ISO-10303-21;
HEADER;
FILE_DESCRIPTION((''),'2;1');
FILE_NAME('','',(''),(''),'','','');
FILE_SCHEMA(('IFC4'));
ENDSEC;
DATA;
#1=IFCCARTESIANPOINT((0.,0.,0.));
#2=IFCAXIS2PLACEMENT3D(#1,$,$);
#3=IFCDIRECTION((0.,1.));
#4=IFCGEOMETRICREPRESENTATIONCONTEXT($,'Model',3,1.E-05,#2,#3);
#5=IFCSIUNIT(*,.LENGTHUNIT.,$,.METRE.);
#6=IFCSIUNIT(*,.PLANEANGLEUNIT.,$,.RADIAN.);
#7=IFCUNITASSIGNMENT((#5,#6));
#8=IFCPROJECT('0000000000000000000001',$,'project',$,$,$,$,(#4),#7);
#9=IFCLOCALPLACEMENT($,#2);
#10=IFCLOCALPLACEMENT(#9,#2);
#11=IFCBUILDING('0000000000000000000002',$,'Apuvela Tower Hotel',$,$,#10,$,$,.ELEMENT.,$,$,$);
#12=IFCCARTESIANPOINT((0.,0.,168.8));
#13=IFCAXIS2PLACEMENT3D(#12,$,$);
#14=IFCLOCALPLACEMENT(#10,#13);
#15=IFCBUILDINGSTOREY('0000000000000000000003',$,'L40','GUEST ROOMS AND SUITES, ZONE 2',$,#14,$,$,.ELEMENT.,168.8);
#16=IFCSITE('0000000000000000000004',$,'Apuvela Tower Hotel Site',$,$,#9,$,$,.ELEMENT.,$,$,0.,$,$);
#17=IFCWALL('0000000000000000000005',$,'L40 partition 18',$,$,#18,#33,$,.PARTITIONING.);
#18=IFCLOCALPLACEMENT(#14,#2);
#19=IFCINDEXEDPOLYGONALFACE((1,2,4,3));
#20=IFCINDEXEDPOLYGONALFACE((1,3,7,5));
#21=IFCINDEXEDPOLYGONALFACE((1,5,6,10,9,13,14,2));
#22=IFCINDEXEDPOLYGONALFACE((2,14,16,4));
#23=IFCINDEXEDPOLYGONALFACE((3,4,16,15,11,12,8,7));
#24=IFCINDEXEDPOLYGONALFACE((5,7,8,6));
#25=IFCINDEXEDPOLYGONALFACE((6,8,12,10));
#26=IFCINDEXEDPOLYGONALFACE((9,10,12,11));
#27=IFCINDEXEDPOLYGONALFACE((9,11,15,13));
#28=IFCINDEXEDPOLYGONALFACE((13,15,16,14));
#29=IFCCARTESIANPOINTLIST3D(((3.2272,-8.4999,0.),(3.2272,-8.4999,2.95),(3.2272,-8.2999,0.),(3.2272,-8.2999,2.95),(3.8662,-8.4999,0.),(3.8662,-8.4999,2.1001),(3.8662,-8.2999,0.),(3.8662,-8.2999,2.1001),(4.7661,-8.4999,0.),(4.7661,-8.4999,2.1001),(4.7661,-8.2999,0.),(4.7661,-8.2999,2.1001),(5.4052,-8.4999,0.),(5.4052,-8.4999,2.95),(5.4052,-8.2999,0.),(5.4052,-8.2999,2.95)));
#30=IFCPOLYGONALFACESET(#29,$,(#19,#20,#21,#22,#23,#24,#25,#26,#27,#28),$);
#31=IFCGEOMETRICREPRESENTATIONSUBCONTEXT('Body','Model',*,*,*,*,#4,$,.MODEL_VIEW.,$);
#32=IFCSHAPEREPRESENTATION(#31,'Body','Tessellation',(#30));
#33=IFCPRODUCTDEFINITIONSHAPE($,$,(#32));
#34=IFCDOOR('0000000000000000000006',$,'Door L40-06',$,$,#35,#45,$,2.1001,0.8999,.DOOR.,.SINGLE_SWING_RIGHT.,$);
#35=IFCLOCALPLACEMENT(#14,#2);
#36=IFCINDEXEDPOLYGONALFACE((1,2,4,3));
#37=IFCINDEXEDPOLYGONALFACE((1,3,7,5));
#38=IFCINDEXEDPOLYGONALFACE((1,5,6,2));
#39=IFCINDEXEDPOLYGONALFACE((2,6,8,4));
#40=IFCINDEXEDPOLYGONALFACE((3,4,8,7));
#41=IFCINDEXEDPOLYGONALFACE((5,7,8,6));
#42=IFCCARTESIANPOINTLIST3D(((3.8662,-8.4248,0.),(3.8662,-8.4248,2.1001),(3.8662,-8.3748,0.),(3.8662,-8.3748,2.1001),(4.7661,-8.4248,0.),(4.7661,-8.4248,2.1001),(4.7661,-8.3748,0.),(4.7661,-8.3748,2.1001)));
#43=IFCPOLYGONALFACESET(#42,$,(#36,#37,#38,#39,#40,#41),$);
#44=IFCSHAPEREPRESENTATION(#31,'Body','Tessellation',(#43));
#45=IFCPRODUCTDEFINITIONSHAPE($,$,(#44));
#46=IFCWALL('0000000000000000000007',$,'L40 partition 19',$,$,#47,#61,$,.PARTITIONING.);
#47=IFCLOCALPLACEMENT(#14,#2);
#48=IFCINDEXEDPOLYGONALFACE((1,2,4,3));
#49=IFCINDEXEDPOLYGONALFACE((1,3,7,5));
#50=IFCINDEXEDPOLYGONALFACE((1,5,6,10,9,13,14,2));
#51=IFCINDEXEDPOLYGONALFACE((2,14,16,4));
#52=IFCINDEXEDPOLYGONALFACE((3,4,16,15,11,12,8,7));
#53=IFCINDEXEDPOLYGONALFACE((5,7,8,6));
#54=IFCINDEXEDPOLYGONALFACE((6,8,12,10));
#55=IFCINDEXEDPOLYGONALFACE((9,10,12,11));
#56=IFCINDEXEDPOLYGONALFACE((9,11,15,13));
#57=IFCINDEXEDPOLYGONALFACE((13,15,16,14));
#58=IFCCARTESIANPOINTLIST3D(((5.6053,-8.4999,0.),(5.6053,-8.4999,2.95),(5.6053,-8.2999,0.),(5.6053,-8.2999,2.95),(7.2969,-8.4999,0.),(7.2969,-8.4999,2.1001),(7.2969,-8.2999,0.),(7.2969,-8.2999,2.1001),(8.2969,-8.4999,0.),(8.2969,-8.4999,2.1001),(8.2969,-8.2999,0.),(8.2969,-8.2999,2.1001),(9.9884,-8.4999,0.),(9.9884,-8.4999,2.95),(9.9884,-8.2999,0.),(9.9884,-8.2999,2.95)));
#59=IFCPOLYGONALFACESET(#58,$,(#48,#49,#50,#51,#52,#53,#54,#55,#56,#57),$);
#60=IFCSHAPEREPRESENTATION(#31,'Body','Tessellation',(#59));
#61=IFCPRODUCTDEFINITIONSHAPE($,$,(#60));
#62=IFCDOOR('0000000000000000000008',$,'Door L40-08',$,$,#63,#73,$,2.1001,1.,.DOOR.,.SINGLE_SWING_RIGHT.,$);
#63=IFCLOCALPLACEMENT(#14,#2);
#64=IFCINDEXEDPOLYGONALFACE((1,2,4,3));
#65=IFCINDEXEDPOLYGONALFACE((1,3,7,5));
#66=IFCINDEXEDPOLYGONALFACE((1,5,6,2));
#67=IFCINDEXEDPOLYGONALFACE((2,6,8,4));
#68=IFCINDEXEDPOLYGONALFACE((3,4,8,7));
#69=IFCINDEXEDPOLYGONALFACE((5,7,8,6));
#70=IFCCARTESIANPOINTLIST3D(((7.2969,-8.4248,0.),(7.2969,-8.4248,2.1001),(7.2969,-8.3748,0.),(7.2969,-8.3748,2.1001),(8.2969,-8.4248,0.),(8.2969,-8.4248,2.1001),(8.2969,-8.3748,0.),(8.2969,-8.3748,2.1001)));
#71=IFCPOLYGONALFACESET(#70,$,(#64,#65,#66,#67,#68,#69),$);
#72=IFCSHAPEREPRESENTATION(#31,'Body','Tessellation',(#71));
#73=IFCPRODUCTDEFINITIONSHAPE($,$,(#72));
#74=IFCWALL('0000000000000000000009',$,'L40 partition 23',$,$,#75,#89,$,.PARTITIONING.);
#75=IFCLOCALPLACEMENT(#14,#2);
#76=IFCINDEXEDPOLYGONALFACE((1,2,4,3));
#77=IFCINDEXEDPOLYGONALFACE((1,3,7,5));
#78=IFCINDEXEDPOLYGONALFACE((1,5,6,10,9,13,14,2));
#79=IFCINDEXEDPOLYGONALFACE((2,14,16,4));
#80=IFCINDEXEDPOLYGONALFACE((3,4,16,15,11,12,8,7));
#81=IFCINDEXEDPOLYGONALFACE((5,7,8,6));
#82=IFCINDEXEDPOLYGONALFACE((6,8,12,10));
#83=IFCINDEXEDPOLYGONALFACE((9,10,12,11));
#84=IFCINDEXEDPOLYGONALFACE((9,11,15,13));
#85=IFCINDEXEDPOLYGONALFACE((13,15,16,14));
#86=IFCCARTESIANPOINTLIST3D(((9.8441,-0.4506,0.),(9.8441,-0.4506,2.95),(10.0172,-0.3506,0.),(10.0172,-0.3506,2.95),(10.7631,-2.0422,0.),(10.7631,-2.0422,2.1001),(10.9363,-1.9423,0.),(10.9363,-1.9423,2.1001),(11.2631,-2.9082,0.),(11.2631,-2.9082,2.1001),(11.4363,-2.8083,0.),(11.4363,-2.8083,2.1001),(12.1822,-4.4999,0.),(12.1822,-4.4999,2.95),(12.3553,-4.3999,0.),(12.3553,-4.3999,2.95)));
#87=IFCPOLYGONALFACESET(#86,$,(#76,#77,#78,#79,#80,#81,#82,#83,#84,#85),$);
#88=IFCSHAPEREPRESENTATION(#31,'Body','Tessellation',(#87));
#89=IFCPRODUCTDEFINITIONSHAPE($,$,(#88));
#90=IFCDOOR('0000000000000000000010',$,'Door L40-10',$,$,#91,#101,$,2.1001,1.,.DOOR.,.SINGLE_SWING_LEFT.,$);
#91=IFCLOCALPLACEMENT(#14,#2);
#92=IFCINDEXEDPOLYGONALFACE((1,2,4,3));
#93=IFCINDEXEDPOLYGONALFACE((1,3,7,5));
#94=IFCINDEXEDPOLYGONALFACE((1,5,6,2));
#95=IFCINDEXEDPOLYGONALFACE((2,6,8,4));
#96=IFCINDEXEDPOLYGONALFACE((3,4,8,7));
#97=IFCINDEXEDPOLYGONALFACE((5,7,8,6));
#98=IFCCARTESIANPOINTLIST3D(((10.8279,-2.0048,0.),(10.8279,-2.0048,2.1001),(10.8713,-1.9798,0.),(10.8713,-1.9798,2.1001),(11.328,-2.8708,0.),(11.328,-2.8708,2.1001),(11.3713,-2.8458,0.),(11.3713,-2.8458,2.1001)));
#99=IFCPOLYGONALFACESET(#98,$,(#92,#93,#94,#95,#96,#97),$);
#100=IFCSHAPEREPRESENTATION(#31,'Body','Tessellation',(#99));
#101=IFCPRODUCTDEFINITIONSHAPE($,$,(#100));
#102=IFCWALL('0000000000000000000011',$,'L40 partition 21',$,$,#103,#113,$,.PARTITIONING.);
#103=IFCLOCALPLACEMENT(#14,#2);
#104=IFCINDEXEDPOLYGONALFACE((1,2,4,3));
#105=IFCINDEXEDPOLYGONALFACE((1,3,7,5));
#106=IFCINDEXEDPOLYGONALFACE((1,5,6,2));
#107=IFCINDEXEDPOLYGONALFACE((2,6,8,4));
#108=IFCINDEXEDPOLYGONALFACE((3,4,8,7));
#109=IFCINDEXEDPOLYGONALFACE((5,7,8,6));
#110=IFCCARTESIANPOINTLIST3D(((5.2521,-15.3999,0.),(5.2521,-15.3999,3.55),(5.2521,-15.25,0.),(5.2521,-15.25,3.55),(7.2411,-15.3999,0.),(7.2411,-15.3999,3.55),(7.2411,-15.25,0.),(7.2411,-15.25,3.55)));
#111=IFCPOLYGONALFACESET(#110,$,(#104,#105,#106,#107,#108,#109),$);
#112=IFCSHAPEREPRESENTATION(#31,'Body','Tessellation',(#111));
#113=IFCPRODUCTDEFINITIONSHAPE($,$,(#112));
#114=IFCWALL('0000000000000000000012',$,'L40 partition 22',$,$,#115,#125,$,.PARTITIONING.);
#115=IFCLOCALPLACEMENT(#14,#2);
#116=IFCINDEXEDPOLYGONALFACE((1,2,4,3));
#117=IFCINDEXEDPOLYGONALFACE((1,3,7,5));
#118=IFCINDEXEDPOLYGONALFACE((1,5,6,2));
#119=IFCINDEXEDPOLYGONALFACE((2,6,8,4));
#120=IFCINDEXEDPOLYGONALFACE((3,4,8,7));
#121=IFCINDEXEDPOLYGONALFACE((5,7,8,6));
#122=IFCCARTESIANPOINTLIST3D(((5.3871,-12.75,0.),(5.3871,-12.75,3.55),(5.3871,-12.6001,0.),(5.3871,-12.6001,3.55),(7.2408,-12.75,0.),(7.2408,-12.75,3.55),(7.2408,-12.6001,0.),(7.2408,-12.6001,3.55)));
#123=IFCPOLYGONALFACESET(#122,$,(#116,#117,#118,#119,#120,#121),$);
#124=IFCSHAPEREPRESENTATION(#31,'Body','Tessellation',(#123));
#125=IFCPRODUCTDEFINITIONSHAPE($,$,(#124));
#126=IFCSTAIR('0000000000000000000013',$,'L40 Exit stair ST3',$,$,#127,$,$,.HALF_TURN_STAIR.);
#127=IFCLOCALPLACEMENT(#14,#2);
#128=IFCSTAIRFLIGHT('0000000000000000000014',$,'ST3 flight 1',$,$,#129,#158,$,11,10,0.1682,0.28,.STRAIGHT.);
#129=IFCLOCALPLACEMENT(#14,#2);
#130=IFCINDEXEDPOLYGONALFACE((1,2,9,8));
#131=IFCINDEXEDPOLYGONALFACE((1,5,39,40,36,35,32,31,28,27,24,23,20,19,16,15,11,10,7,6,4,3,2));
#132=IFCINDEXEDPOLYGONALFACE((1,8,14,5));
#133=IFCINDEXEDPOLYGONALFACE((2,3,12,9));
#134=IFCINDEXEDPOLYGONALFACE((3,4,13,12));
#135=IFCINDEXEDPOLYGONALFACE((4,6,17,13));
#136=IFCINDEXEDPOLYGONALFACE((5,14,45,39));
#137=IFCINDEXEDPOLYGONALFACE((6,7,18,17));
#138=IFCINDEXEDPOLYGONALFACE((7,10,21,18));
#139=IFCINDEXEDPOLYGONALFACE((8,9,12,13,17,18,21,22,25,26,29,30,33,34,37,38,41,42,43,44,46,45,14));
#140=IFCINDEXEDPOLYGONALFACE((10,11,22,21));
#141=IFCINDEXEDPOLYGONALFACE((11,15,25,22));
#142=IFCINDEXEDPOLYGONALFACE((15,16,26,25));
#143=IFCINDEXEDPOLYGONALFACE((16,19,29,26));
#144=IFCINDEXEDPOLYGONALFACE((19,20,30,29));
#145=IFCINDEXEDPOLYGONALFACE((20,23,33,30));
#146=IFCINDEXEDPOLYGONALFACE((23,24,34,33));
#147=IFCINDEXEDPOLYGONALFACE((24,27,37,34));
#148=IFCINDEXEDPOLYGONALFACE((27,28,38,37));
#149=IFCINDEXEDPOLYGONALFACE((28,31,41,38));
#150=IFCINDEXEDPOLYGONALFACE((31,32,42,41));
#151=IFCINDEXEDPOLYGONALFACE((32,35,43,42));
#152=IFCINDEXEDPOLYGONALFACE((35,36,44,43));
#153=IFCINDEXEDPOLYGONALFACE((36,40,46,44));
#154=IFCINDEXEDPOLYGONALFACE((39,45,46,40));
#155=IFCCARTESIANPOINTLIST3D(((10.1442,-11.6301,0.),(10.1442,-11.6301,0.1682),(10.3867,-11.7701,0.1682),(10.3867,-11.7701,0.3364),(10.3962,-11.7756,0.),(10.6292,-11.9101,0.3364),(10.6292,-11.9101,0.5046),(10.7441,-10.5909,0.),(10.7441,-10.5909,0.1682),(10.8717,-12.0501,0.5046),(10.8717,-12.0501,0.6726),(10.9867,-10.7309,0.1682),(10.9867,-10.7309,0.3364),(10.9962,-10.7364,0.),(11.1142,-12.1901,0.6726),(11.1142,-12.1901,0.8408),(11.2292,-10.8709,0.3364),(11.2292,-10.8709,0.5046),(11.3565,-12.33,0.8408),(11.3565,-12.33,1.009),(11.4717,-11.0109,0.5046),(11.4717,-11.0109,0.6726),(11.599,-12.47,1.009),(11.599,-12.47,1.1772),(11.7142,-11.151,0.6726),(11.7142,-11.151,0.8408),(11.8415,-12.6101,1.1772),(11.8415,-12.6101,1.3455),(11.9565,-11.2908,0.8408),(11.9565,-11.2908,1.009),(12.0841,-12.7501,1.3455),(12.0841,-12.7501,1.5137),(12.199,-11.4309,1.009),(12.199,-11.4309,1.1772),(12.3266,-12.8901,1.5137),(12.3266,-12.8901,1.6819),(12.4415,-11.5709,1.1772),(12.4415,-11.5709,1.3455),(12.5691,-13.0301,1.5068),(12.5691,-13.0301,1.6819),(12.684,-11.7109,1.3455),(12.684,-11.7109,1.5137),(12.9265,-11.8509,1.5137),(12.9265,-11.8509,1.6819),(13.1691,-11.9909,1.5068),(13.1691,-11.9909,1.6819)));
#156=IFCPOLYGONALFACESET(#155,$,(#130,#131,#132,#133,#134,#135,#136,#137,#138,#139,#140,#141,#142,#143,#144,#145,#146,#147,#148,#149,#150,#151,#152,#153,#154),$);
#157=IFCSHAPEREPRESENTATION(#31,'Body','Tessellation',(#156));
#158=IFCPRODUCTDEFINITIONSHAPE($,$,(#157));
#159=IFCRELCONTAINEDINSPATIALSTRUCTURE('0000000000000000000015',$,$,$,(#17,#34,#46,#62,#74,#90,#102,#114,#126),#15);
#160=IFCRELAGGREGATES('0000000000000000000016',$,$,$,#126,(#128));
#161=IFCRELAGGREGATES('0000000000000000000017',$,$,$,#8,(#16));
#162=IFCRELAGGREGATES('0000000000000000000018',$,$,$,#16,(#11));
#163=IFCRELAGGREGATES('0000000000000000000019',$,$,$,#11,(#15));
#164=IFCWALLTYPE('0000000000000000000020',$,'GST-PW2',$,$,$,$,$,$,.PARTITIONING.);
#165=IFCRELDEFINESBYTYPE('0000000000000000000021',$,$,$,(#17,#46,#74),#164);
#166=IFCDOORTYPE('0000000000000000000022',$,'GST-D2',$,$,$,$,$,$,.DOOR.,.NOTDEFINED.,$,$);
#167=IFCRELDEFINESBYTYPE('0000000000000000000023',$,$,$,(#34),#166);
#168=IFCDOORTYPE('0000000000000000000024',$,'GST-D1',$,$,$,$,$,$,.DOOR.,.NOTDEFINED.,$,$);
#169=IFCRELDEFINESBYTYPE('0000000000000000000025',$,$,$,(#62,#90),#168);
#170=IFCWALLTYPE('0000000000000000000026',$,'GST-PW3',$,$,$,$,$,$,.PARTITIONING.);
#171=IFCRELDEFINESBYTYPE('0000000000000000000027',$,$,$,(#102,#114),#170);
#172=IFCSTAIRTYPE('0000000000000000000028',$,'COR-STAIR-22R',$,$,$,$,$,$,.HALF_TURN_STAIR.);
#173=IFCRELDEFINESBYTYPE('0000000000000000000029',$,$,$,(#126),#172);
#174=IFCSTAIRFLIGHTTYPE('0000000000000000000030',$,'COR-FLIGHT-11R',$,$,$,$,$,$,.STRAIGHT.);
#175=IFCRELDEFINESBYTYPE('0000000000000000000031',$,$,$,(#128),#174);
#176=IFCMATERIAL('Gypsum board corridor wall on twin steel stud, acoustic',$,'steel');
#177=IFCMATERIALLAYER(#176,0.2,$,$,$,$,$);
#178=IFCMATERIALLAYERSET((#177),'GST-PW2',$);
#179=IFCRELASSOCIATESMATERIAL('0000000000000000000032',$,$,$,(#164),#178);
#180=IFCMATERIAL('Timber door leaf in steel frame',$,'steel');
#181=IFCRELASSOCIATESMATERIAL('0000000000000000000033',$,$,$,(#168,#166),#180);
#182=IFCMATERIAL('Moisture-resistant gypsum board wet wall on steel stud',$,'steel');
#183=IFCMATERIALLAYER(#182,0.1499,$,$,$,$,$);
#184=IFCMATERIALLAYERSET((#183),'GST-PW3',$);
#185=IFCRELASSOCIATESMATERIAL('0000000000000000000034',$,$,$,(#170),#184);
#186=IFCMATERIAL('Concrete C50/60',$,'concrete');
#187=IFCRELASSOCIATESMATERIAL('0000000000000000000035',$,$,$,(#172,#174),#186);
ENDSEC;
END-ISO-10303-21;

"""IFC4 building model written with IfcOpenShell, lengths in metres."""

from ifc_helpers import new_model, si_unit, direction, frame, frame_2d, origin, place, context, subcontext, project, spatial, polyline, rectangle, outline, extrude, material, layer, layer_set, type_object, element, fill, aggregate, save


model = new_model("IFC4")

# Units and contexts
model_context = context("Model", 3, precision=1e-05, world=origin(), true_north=direction((0.0, 1.0)))
body_context = subcontext(model_context, "Body", "Model", "MODEL_VIEW")
ifc_project = project(units=[si_unit("LENGTHUNIT", "METRE"), si_unit("PLANEANGLEUNIT", "RADIAN")], contexts=[model_context])

# Site, building, storey
site_placement = place(None, origin())
site = spatial("IfcSite", under=ifc_project, at=site_placement, Name="Apuvela Tower Hotel Site", CompositionType="ELEMENT", RefElevation=0.0)
building_placement = place(site_placement, origin())
building = spatial("IfcBuilding", under=site, at=building_placement, Name="Apuvela Tower Hotel", CompositionType="ELEMENT")
storey_placement = place(building_placement, frame((0.0, 0.0, 168.8)))
storey = spatial("IfcBuildingStorey", under=building, at=storey_placement, Name="L40", Description="GUEST ROOMS AND SUITES, ZONE 2", CompositionType="ELEMENT", Elevation=168.8)

# Shared definitions
ifc_material_1 = material(Name="Concrete C50/60", Category="concrete")

# Walls, openings, doors
ifc_material_2 = material(Name="Gypsum board corridor wall on twin steel stud, acoustic", Category="steel")
ifc_layer_1 = layer(ifc_material_2, 0.2)
ifc_layer_set_1 = layer_set([ifc_layer_1], Name="GST-PW2")
wall_type_1 = type_object("IfcWallType", Name="GST-PW2", PredefinedType="PARTITIONING", material=ifc_layer_set_1)
ifc_material_3 = material(Name="Timber door leaf in steel frame", Category="steel")
door_type_1 = type_object("IfcDoorType", Name="GST-D1", OperationType="NOTDEFINED", PredefinedType="DOOR", material=ifc_material_3)
door_type_2 = type_object("IfcDoorType", Name="GST-D2", OperationType="NOTDEFINED", PredefinedType="DOOR", material=ifc_material_3)
wall_1_placement = place(storey_placement, frame((5.405, -8.3999, 0.0), z_axis=(0.0, 0.0, 1.0), x_axis=(-1.0, 0.0, 0.0)))
wall_1 = element("IfcWall", 1, at=wall_1_placement, inside=storey, type_object=wall_type_1, Name="L40 partition 18", PredefinedType="PARTITIONING", context=body_context, shape_type="SweptSolid", body=[
    extrude(rectangle(XDim=2.178, YDim=0.2, at=frame_2d((1.0889, 0.0))), origin(), (0.0, 0.0, 1.0), 2.95),
])
opening_1_placement = place(wall_1_placement, frame((0.6389, 0.0, 0.0)))
opening_1 = element("IfcOpeningElement", 2, at=opening_1_placement, cuts=wall_1, PredefinedType="OPENING", context=body_context, shape_type="SweptSolid", body=[
    extrude(rectangle(XDim=0.8999, YDim=2.1001, at=frame_2d((0.45, 1.05))), frame((0.0, 0.1099, 0.0), z_axis=(0.0, -1.0, 0.0), x_axis=(1.0, 0.0, 0.0)), (0.0, 0.0, 1.0), 0.22),
])
door_1_placement = place(opening_1_placement, origin())
door_1 = element("IfcDoor", 3, at=door_1_placement, inside=storey, type_object=door_type_2, Name="Door L40-06", OperationType="SINGLE_SWING_RIGHT", OverallHeight=2.1001, OverallWidth=0.8999, PredefinedType="DOOR", context=body_context, shape_type="SweptSolid", body=[
    extrude(rectangle(XDim=0.8999, YDim=2.1001, at=frame_2d((0.45, 1.05))), frame((0.0, 0.0249, 0.0), z_axis=(0.0, -1.0, 0.0), x_axis=(1.0, 0.0, 0.0)), (0.0, 0.0, 1.0), 0.05),
])
fill(opening_1, door_1)
wall_2_placement = place(storey_placement, frame((9.9883, -8.3999, 0.0), z_axis=(0.0, 0.0, 1.0), x_axis=(-1.0, 0.0, 0.0)))
wall_2 = element("IfcWall", 4, at=wall_2_placement, inside=storey, type_object=wall_type_1, Name="L40 partition 19", PredefinedType="PARTITIONING", context=body_context, shape_type="SweptSolid", body=[
    extrude(rectangle(XDim=4.3831, YDim=0.2, at=frame_2d((2.1914, 0.0))), origin(), (0.0, 0.0, 1.0), 2.95),
])
opening_2_placement = place(wall_2_placement, frame((1.6914, 0.0, 0.0)))
opening_2 = element("IfcOpeningElement", 5, at=opening_2_placement, cuts=wall_2, PredefinedType="OPENING", context=body_context, shape_type="SweptSolid", body=[
    extrude(rectangle(XDim=1.0, YDim=2.1001, at=frame_2d((0.5, 1.05))), frame((0.0, 0.1099, 0.0), z_axis=(0.0, -1.0, 0.0), x_axis=(1.0, 0.0, 0.0)), (0.0, 0.0, 1.0), 0.22),
])
door_2_placement = place(opening_2_placement, origin())
door_2 = element("IfcDoor", 6, at=door_2_placement, inside=storey, type_object=door_type_1, Name="Door L40-08", OperationType="SINGLE_SWING_RIGHT", OverallHeight=2.1001, OverallWidth=1.0, PredefinedType="DOOR", context=body_context, shape_type="SweptSolid", body=[
    extrude(rectangle(XDim=1.0, YDim=2.1001, at=frame_2d((0.5, 1.05))), frame((0.0, 0.0249, 0.0), z_axis=(0.0, -1.0, 0.0), x_axis=(1.0, 0.0, 0.0)), (0.0, 0.0, 1.0), 0.05),
])
fill(opening_2, door_2)
wall_3_placement = place(storey_placement, frame((9.9307, -0.4006, 0.0), z_axis=(0.0, 0.0, 1.0), x_axis=(0.500042, -0.866001, 0.0)))
wall_3 = element("IfcWall", 7, at=wall_3_placement, inside=storey, type_object=wall_type_1, Name="L40 partition 23", PredefinedType="PARTITIONING", context=body_context, shape_type="SweptSolid", body=[
    extrude(rectangle(XDim=4.6758, YDim=0.2, at=frame_2d((2.3379, 0.0))), origin(), (0.0, 0.0, 1.0), 2.95),
])
opening_3_placement = place(wall_3_placement, frame((1.8379, 0.0, 0.0)))
opening_3 = element("IfcOpeningElement", 8, at=opening_3_placement, cuts=wall_3, PredefinedType="OPENING", context=body_context, shape_type="SweptSolid", body=[
    extrude(rectangle(XDim=1.0, YDim=2.1001, at=frame_2d((0.5, 1.05))), frame((0.0, 0.1099, 0.0), z_axis=(0.0, -1.0, 0.0), x_axis=(1.0, 0.0, 0.0)), (0.0, 0.0, 1.0), 0.22),
])
door_3_placement = place(opening_3_placement, origin())
door_3 = element("IfcDoor", 9, at=door_3_placement, inside=storey, type_object=door_type_1, Name="Door L40-10", OperationType="SINGLE_SWING_LEFT", OverallHeight=2.1001, OverallWidth=1.0, PredefinedType="DOOR", context=body_context, shape_type="SweptSolid", body=[
    extrude(rectangle(XDim=1.0, YDim=2.1001, at=frame_2d((0.5, 1.05))), frame((0.0, 0.0249, 0.0), z_axis=(0.0, -1.0, 0.0), x_axis=(1.0, 0.0, 0.0)), (0.0, 0.0, 1.0), 0.05),
])
fill(opening_3, door_3)

# Walls
ifc_material_4 = material(Name="Moisture-resistant gypsum board wet wall on steel stud", Category="steel")
ifc_layer_2 = layer(ifc_material_4, 0.1499)
ifc_layer_set_2 = layer_set([ifc_layer_2], Name="GST-PW3")
wall_type_2 = type_object("IfcWallType", Name="GST-PW3", PredefinedType="PARTITIONING", material=ifc_layer_set_2)
wall_4_placement = place(storey_placement, frame((5.252, -15.325, 0.0), z_axis=(0.0, 0.0, 1.0), x_axis=(1.0, 0.0, 0.0)))
element("IfcWall", 10, at=wall_4_placement, inside=storey, type_object=wall_type_2, Name="L40 partition 21", PredefinedType="PARTITIONING", context=body_context, shape_type="SweptSolid", body=[
    extrude(rectangle(XDim=1.989, YDim=0.1499, at=frame_2d((0.9946, 0.0))), origin(), (0.0, 0.0, 1.0), 3.55),
])
wall_5_placement = place(storey_placement, frame((5.3872, -12.675, 0.0), z_axis=(0.0, 0.0, 1.0), x_axis=(1.0, 0.0, 0.0)))
element("IfcWall", 11, at=wall_5_placement, inside=storey, type_object=wall_type_2, Name="L40 partition 22", PredefinedType="PARTITIONING", context=body_context, shape_type="SweptSolid", body=[
    extrude(rectangle(XDim=1.8538, YDim=0.1499, at=frame_2d((0.9268, 0.0))), origin(), (0.0, 0.0, 1.0), 3.55),
])

# Stair, stair flight
stair_type = type_object("IfcStairType", Name="COR-STAIR-22R", PredefinedType="HALF_TURN_STAIR", material=ifc_material_1)
stair_placement = place(storey_placement, origin())
stair = element("IfcStair", 12, at=stair_placement, inside=storey, type_object=stair_type, Name="L40 Exit stair ST3", PredefinedType="HALF_TURN_STAIR")
stair_flight_type = type_object("IfcStairFlightType", Name="COR-FLIGHT-11R", PredefinedType="STRAIGHT", material=ifc_material_1)
stair_flight_placement = place(storey_placement, frame((10.4441, -11.1106, 0.0), z_axis=(0.0, 0.0, 1.0), x_axis=(0.866025, -0.5, 0.0)))
stair_flight = element("IfcStairFlight", 13, at=stair_flight_placement, type_object=stair_flight_type, Name="ST3 flight 1", NumberOfRisers=11, NumberOfTreads=10, PredefinedType="STRAIGHT", RiserHeight=0.1682, TreadLength=0.28, context=body_context, shape_type="SweptSolid", body=[
    extrude(outline(polyline([(0.0, 0.0), (0.0, 0.1682), (0.28, 0.1682), (0.28, 0.3364), (0.5601, 0.3364), (0.5601, 0.5046), (0.8401, 0.5046), (0.8401, 0.6726), (1.1201, 0.6726), (1.1201, 0.8408), (1.3999, 0.8408), (1.3999, 1.009), (1.6799, 1.009), (1.6799, 1.1772), (1.96, 1.1772), (1.96, 1.3455), (2.24, 1.3455), (2.24, 1.5137), (2.52, 1.5137), (2.52, 1.6819), (2.8, 1.6819), (2.8, 1.8501), (2.8, 1.5068), (0.291, 0.0), (0.0, 0.0)])), frame((0.0, 0.6001, 0.0), z_axis=(0.0, -1.0, 0.0), x_axis=(1.0, 0.0, 0.0)), (0.0, 0.0, 1.0), 1.2),
])
aggregate(stair, [stair_flight])

save(model, "model.ifc")
